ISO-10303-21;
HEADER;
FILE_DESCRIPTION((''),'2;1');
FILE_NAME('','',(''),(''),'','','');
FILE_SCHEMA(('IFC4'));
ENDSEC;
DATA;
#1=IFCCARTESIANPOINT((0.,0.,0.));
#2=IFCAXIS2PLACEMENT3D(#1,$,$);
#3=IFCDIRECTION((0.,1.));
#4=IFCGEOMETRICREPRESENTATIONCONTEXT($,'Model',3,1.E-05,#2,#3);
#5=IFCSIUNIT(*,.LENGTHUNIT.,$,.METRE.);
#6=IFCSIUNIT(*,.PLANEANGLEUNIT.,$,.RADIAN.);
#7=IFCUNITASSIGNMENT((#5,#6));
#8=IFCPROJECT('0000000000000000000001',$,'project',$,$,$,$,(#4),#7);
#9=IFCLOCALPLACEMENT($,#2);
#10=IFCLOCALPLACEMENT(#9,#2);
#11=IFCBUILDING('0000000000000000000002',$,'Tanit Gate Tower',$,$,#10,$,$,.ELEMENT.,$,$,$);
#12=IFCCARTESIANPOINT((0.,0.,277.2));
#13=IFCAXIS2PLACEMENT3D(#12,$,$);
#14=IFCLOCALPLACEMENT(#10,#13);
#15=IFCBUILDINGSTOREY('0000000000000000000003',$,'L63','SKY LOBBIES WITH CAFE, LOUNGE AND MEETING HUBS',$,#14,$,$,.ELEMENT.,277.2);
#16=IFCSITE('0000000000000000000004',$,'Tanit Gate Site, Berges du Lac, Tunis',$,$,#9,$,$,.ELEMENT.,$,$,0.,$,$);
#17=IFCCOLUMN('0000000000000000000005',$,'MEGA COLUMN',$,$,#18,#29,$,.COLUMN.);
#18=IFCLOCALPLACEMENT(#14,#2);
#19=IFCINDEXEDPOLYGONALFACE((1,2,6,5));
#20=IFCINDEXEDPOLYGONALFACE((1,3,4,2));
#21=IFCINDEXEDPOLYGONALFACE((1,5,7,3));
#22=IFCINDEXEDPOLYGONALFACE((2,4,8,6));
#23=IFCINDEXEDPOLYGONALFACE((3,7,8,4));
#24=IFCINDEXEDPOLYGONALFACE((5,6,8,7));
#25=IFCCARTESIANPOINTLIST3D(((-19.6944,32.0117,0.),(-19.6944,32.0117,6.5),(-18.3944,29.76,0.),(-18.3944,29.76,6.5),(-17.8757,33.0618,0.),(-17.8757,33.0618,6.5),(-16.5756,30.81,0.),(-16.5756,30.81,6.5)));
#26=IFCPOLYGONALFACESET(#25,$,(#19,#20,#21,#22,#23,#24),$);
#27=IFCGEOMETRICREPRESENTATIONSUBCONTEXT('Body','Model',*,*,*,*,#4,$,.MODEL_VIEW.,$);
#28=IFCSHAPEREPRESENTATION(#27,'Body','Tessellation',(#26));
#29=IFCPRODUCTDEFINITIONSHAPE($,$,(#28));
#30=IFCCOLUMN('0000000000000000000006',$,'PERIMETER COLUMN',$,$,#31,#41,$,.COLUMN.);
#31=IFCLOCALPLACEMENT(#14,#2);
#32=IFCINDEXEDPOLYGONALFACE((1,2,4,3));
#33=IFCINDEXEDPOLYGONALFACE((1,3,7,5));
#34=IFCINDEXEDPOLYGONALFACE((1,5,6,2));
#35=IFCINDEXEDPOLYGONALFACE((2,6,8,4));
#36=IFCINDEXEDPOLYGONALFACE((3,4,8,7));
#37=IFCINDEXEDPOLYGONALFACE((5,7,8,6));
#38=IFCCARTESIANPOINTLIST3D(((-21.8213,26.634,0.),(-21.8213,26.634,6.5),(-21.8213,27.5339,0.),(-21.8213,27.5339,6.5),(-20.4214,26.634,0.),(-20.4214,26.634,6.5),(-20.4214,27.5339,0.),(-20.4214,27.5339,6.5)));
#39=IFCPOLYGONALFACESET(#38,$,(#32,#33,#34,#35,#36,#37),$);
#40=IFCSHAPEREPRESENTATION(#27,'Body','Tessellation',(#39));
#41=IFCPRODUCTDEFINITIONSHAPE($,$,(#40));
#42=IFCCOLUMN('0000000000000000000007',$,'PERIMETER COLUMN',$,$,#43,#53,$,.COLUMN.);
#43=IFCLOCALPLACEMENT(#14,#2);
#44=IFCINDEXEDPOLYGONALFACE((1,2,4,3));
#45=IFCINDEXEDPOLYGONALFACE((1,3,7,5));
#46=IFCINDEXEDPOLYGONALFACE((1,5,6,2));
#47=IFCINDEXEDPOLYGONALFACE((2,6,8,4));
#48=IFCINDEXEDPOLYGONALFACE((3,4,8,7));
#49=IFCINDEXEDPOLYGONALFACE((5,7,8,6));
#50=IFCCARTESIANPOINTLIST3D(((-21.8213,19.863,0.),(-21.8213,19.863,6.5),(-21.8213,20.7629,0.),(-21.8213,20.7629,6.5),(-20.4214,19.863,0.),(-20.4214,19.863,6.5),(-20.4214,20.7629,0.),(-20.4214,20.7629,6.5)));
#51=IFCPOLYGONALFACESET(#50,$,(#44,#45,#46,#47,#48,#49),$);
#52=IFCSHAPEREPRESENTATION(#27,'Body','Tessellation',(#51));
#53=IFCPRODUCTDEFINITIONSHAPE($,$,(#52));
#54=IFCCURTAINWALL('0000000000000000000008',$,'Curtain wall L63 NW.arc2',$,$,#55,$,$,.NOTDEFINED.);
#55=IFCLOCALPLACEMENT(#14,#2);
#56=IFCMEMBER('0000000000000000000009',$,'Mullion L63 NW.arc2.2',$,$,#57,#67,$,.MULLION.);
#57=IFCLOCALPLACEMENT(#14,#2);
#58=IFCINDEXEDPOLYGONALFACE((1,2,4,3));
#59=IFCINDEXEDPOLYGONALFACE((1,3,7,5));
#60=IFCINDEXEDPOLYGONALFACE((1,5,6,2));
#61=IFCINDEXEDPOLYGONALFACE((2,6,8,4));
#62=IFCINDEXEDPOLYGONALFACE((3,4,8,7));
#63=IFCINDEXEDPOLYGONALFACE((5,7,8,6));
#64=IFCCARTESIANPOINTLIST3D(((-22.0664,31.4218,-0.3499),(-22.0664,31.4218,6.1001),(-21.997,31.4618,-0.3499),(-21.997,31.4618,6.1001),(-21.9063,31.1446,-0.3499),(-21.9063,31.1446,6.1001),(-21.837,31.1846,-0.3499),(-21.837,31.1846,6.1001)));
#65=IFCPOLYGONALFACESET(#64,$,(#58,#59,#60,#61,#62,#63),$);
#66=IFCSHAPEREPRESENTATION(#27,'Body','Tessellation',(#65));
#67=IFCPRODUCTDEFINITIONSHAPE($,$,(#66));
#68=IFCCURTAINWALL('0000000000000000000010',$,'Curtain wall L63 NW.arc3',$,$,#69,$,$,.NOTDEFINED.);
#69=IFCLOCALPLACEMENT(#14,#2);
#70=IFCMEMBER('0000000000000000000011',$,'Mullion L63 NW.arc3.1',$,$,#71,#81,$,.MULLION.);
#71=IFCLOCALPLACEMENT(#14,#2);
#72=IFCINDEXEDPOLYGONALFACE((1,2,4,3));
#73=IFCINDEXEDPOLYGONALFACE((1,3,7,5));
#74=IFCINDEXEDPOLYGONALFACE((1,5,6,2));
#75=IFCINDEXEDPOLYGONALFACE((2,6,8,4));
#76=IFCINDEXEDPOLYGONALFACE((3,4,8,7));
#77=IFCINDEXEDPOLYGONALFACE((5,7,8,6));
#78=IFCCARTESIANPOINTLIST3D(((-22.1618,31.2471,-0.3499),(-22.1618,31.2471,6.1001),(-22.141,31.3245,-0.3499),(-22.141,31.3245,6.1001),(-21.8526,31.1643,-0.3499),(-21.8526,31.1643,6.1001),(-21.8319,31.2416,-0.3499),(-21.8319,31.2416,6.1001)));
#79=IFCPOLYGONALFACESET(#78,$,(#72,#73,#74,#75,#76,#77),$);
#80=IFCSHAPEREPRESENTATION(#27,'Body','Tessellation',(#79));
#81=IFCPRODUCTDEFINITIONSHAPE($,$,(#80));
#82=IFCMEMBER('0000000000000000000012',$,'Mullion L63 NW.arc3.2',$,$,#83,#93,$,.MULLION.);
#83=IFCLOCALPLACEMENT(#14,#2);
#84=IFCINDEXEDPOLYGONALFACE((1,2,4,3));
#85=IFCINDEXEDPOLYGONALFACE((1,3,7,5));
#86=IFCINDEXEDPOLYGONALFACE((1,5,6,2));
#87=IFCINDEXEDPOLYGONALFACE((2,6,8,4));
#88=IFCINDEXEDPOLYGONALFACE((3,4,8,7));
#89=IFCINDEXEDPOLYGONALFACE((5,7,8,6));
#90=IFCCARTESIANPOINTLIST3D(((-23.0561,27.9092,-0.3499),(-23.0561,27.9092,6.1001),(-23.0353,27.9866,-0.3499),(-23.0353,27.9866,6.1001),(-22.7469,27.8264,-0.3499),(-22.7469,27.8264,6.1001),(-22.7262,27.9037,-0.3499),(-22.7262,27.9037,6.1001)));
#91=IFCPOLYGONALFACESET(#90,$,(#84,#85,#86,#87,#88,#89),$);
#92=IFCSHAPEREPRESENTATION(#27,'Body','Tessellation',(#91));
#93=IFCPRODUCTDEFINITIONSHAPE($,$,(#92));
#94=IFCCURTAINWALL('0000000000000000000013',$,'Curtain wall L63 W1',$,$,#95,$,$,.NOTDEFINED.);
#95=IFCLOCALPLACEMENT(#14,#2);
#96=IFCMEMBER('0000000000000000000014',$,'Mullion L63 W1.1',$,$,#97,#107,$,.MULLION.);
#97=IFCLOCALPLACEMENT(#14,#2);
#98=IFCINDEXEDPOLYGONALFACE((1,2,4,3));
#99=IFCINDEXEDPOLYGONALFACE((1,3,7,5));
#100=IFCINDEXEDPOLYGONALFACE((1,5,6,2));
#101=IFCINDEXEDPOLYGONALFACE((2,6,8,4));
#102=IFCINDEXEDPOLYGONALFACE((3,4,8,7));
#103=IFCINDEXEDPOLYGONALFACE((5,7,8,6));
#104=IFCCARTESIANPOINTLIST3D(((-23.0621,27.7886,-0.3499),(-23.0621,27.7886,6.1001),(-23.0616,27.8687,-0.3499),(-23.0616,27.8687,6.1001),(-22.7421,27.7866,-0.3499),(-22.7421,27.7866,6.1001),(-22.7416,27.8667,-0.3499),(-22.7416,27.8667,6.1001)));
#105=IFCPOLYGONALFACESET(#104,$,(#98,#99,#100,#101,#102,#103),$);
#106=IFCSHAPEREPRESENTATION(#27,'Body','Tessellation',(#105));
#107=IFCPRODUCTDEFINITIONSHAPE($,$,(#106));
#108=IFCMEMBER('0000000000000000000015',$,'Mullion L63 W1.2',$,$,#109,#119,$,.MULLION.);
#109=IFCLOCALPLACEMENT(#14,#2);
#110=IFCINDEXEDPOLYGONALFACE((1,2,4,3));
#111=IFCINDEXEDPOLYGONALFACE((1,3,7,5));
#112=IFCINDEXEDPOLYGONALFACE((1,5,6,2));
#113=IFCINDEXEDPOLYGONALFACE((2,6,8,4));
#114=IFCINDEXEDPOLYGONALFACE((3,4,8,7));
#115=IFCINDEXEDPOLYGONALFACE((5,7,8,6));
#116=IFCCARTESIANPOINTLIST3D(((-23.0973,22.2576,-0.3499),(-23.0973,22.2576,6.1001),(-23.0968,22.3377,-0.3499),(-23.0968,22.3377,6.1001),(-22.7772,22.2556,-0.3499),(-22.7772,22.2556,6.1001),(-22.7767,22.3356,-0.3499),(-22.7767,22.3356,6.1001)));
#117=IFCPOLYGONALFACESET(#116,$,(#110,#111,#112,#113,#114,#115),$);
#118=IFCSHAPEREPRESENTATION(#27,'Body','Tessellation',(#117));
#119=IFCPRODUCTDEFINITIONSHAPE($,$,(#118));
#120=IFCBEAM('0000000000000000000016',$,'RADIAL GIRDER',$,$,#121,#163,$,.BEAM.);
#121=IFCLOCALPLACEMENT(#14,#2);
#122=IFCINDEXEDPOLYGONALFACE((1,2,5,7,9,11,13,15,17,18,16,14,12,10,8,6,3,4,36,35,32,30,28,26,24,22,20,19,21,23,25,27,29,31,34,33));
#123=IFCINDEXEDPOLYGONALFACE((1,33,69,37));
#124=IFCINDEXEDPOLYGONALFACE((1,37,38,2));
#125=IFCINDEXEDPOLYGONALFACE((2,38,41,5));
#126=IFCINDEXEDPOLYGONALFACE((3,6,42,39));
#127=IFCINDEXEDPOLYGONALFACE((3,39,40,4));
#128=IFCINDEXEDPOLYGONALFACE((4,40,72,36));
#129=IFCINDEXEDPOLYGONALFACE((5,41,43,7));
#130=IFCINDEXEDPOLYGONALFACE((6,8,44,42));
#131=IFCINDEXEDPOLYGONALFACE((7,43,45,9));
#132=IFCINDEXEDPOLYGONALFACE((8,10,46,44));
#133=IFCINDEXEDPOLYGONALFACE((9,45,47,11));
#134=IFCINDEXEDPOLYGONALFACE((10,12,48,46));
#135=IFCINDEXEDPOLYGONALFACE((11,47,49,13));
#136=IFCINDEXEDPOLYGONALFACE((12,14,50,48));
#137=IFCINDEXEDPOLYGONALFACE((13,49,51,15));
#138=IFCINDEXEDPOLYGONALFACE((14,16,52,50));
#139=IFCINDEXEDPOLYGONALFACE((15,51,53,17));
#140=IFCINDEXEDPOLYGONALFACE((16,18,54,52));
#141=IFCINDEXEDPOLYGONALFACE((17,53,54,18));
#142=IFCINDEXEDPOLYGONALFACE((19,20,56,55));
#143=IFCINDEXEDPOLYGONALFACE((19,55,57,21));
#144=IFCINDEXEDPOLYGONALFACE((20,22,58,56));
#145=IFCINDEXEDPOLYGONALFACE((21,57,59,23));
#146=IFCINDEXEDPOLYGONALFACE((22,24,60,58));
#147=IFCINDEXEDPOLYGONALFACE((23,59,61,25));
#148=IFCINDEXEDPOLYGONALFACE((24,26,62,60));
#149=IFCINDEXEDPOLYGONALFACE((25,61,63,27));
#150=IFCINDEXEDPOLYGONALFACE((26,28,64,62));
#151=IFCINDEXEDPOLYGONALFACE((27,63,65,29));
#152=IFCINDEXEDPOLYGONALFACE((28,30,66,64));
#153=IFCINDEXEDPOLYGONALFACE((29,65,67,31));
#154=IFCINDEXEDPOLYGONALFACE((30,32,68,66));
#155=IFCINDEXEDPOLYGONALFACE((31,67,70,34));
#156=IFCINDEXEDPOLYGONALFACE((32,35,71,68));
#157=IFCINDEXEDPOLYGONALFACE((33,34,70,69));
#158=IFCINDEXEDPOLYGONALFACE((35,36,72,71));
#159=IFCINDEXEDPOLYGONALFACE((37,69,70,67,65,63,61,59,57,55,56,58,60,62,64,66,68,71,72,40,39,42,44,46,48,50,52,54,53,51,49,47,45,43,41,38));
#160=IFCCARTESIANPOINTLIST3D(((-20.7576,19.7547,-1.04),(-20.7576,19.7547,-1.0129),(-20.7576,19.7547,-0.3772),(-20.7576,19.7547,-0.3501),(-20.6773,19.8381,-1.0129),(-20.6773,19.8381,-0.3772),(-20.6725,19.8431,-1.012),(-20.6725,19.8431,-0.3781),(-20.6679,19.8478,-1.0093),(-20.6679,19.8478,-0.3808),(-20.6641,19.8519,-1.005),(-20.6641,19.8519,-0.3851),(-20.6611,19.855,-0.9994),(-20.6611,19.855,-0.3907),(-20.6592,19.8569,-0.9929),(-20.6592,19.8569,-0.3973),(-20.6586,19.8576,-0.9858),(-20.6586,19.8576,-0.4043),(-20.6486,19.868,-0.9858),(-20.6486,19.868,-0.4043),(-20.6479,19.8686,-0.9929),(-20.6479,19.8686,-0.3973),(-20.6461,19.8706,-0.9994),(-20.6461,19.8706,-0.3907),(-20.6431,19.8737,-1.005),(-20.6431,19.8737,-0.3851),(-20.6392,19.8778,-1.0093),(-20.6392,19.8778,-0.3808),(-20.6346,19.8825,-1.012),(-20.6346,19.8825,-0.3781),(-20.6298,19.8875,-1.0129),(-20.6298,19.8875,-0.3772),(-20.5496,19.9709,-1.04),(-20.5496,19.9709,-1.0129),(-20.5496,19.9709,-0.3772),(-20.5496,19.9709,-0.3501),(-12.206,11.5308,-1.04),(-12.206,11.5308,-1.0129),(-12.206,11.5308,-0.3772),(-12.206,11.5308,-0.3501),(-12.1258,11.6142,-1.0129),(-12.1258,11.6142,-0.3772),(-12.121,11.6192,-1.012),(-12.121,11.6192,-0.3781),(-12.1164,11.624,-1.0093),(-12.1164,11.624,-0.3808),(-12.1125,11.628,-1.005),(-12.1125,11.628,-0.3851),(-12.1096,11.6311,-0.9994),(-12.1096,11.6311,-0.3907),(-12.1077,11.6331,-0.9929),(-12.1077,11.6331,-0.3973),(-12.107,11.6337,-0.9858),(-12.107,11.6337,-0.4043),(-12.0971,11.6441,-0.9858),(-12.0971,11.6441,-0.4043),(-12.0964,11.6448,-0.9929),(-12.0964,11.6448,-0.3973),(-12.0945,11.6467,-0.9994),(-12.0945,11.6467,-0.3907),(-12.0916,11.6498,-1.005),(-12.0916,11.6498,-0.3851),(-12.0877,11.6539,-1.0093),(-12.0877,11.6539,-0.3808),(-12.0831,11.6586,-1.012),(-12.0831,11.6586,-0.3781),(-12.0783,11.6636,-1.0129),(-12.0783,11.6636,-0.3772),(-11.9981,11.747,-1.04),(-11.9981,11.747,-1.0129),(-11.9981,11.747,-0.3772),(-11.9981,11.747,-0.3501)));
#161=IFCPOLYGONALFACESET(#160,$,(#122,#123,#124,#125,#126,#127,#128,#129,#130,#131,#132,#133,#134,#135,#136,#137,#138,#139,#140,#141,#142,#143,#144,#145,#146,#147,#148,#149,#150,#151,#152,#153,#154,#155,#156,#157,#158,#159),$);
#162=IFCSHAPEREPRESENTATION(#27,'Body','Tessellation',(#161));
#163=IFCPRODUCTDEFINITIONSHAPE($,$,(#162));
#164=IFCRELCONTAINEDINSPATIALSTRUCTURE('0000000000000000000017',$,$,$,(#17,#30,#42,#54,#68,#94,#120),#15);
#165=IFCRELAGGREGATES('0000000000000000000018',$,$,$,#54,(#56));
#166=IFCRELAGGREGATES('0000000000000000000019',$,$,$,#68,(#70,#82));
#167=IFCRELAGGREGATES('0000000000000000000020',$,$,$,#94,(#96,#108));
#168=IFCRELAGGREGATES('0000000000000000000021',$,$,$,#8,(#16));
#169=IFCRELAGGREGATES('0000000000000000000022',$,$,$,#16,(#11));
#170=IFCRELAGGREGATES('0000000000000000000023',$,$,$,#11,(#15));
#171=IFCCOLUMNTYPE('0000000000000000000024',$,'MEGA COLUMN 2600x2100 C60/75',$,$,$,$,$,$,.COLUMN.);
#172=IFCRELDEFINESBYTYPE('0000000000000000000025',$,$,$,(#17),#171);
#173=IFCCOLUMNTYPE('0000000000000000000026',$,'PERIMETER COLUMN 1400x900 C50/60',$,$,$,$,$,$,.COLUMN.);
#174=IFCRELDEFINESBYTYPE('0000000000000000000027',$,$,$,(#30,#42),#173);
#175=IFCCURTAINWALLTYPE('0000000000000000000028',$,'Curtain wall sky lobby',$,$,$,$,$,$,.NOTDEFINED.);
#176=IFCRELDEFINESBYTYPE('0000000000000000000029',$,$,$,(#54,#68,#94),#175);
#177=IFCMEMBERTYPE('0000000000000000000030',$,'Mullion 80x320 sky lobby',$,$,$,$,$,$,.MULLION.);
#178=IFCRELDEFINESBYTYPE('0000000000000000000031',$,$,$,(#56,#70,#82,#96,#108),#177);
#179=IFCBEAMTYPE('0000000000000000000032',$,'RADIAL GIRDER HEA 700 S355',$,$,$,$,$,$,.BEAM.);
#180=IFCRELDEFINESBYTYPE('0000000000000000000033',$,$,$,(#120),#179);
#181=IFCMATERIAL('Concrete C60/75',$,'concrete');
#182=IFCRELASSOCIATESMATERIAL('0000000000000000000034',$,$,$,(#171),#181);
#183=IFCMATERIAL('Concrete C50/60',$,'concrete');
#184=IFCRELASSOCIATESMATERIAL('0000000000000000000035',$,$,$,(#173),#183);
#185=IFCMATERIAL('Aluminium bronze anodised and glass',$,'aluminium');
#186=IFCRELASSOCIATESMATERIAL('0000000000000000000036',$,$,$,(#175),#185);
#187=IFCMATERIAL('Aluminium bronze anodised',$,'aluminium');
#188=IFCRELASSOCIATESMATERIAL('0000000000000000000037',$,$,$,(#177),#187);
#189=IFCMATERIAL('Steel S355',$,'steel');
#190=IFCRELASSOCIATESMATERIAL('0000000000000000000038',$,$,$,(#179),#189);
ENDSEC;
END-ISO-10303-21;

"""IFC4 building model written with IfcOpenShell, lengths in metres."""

from ifc_helpers import new_model, si_unit, direction, frame, origin, origin_2d, place, context, subcontext, project, spatial, rectangle, i_section, extrude, material, material_profile, profile_set, type_object, element, aggregate, save


model = new_model("IFC4")

# Units and contexts
model_context = context("Model", 3, precision=1e-05, world=origin(), true_north=direction((0.0, 1.0)))
body_context = subcontext(model_context, "Body", "Model", "MODEL_VIEW")
ifc_project = project(units=[si_unit("LENGTHUNIT", "METRE"), si_unit("PLANEANGLEUNIT", "RADIAN")], contexts=[model_context])

# Site, building, storey
site_placement = place(None, origin())
site = spatial("IfcSite", under=ifc_project, at=site_placement, Name="Tanit Gate Site, Berges du Lac, Tunis", CompositionType="ELEMENT", RefElevation=0.0)
building_placement = place(site_placement, origin())
building = spatial("IfcBuilding", under=site, at=building_placement, Name="Tanit Gate Tower", CompositionType="ELEMENT")
storey_placement = place(building_placement, frame((0.0, 0.0, 277.2)))
storey = spatial("IfcBuildingStorey", under=building, at=storey_placement, Name="L63", Description="SKY LOBBIES WITH CAFE, LOUNGE AND MEETING HUBS", CompositionType="ELEMENT", Elevation=277.2)

# Columns
ifc_material_1 = material(Name="Concrete C60/75", Category="concrete")
ifc_material_profile_1 = material_profile(ifc_material_1, rectangle(XDim=2.6001, YDim=2.1001, at=origin_2d()), Name="RC 2600x2100")
ifc_profile_set_1 = profile_set([ifc_material_profile_1], Name="Concrete C60/75")
column_type_1 = type_object("IfcColumnType", Name="MEGA COLUMN 2600x2100 C60/75", PredefinedType="COLUMN", material=ifc_profile_set_1)
column_placement = place(storey_placement, frame((-18.135, 31.4109, 0.0), z_axis=(0.0, 0.0, 1.0), x_axis=(-0.5, 0.866025, 0.0)))
element("IfcColumn", 1, at=column_placement, inside=storey, type_object=column_type_1, Name="MEGA COLUMN", PredefinedType="COLUMN", context=body_context, shape_type="SweptSolid", body=[
    extrude(rectangle(XDim=2.6001, YDim=2.1001, at=origin_2d()), origin(), (0.0, 0.0, 1.0), 6.5),
])
ifc_material_2 = material(Name="Concrete C50/60", Category="concrete")
ifc_material_profile_2 = material_profile(ifc_material_2, rectangle(XDim=1.3999, YDim=0.8999, at=origin_2d()), Name="RC 1400x900")
ifc_profile_set_2 = profile_set([ifc_material_profile_2], Name="Concrete C50/60")
column_type_2 = type_object("IfcColumnType", Name="PERIMETER COLUMN 1400x900 C50/60", PredefinedType="COLUMN", material=ifc_profile_set_2)
for number, where, z_axis, x_axis, name in (
    (2, (-21.1213, 27.084, 0.0), (0.0, 0.0, 1.0), (-1.0, 0.0, 0.0), "PERIMETER COLUMN"),
    (3, (-21.1213, 20.313, 0.0), (0.0, 0.0, 1.0), (-1.0, 0.0, 0.0), "PERIMETER COLUMN"),
):
    element("IfcColumn", number, at=place(storey_placement, frame(where, z_axis=z_axis, x_axis=x_axis)), inside=storey, type_object=column_type_2, Name=name, PredefinedType="COLUMN", context=body_context, shape_type="SweptSolid", body=[
        extrude(rectangle(XDim=1.3999, YDim=0.8999, at=origin_2d()), origin(), (0.0, 0.0, 1.0), 6.5),
    ])

# Curtain wall, member
ifc_material_3 = material(Name="Aluminium bronze anodised and glass", Category="aluminium")
curtain_wall_type = type_object("IfcCurtainWallType", Name="Curtain wall sky lobby", PredefinedType="NOTDEFINED", material=ifc_material_3)
curtain_wall_1_placement = place(storey_placement, origin())
curtain_wall_1 = element("IfcCurtainWall", 4, at=curtain_wall_1_placement, inside=storey, type_object=curtain_wall_type, Name="Curtain wall L63 NW.arc2", PredefinedType="NOTDEFINED")
ifc_material_4 = material(Name="Aluminium bronze anodised", Category="aluminium")
ifc_material_profile_3 = material_profile(ifc_material_4, rectangle(XDim=0.3201, YDim=0.0801, at=origin_2d()), Name="80x320 bronze mullion")
ifc_profile_set_3 = profile_set([ifc_material_profile_3], Name="Aluminium bronze anodised")
member_type_1 = type_object("IfcMemberType", Name="Mullion 80x320 sky lobby", PredefinedType="MULLION", material=ifc_profile_set_3)
member_1_placement = place(storey_placement, frame((-21.9517, 31.3032, -0.3499), z_axis=(0.0, 0.0, 1.0), x_axis=(0.5, -0.866025, 0.0)))
member_1 = element("IfcMember", 5, at=member_1_placement, type_object=member_type_1, Name="Mullion L63 NW.arc2.2", PredefinedType="MULLION", context=body_context, shape_type="SweptSolid", body=[
    extrude(rectangle(XDim=0.3201, YDim=0.0801, at=origin_2d()), origin(), (0.0, 0.0, 1.0), 6.45),
])

# Curtain walls, members
curtain_wall_2_placement = place(storey_placement, origin())
curtain_wall_2 = element("IfcCurtainWall", 6, at=curtain_wall_2_placement, inside=storey, type_object=curtain_wall_type, Name="Curtain wall L63 NW.arc3", PredefinedType="NOTDEFINED")
member_2_placement = place(storey_placement, frame((-21.9968, 31.2444, -0.3499), z_axis=(0.0, 0.0, 1.0), x_axis=(0.965926, -0.258819, 0.0)))
member_2 = element("IfcMember", 7, at=member_2_placement, type_object=member_type_1, Name="Mullion L63 NW.arc3.1", PredefinedType="MULLION", context=body_context, shape_type="SweptSolid", body=[
    extrude(rectangle(XDim=0.3201, YDim=0.0801, at=origin_2d()), origin(), (0.0, 0.0, 1.0), 6.45),
])
member_3_placement = place(storey_placement, frame((-22.8911, 27.9065, -0.3499), z_axis=(0.0, 0.0, 1.0), x_axis=(0.965926, -0.258819, 0.0)))
member_3 = element("IfcMember", 8, at=member_3_placement, type_object=member_type_1, Name="Mullion L63 NW.arc3.2", PredefinedType="MULLION", context=body_context, shape_type="SweptSolid", body=[
    extrude(rectangle(XDim=0.3201, YDim=0.0801, at=origin_2d()), origin(), (0.0, 0.0, 1.0), 6.45),
])
curtain_wall_3_placement = place(storey_placement, origin())
curtain_wall_3 = element("IfcCurtainWall", 9, at=curtain_wall_3_placement, inside=storey, type_object=curtain_wall_type, Name="Curtain wall L63 W1", PredefinedType="NOTDEFINED")
member_4_placement = place(storey_placement, frame((-22.9019, 27.8276, -0.3499), z_axis=(0.0, 0.0, 1.0), x_axis=(0.99998, -0.006374, 0.0)))
member_4 = element("IfcMember", 10, at=member_4_placement, type_object=member_type_1, Name="Mullion L63 W1.1", PredefinedType="MULLION", context=body_context, shape_type="SweptSolid", body=[
    extrude(rectangle(XDim=0.3201, YDim=0.0801, at=origin_2d()), origin(), (0.0, 0.0, 1.0), 6.45),
])
member_5_placement = place(storey_placement, frame((-22.937, 22.2966, -0.3499), z_axis=(0.0, 0.0, 1.0), x_axis=(0.99998, -0.006374, 0.0)))
member_5 = element("IfcMember", 11, at=member_5_placement, type_object=member_type_1, Name="Mullion L63 W1.2", PredefinedType="MULLION", context=body_context, shape_type="SweptSolid", body=[
    extrude(rectangle(XDim=0.3201, YDim=0.0801, at=origin_2d()), origin(), (0.0, 0.0, 1.0), 6.45),
])

# Beam
ifc_material_5 = material(Name="Steel S355", Category="steel")
ifc_material_profile_4 = material_profile(ifc_material_5, i_section(OverallWidth=0.3, OverallDepth=0.6899, WebThickness=0.0144, FlangeThickness=0.0271, FilletRadius=0.0271, at=origin_2d()), Name="HEA 700")
ifc_profile_set_4 = profile_set([ifc_material_profile_4], Name="Steel S355")
beam_type_1 = type_object("IfcBeamType", Name="RADIAL GIRDER HEA 700 S355", PredefinedType="BEAM", material=ifc_profile_set_4)
beam_1_placement = place(storey_placement, frame((-20.6536, 19.8628, -0.6951), z_axis=(0.72078, -0.693164, 0.0), x_axis=(0.693164, 0.72078, 0.0)))
element("IfcBeam", 12, at=beam_1_placement, inside=storey, type_object=beam_type_1, Name="RADIAL GIRDER", PredefinedType="BEAM", context=body_context, shape_type="SweptSolid", body=[
    extrude(i_section(OverallWidth=0.3, OverallDepth=0.6899, WebThickness=0.0144, FlangeThickness=0.0271, FilletRadius=0.0271, at=origin_2d()), origin(), (0.0, 0.0, 1.0), 11.8643),
])

aggregate(curtain_wall_1, [member_1])
aggregate(curtain_wall_2, [member_2, member_3])
aggregate(curtain_wall_3, [member_4, member_5])

save(model, "model.ifc")
